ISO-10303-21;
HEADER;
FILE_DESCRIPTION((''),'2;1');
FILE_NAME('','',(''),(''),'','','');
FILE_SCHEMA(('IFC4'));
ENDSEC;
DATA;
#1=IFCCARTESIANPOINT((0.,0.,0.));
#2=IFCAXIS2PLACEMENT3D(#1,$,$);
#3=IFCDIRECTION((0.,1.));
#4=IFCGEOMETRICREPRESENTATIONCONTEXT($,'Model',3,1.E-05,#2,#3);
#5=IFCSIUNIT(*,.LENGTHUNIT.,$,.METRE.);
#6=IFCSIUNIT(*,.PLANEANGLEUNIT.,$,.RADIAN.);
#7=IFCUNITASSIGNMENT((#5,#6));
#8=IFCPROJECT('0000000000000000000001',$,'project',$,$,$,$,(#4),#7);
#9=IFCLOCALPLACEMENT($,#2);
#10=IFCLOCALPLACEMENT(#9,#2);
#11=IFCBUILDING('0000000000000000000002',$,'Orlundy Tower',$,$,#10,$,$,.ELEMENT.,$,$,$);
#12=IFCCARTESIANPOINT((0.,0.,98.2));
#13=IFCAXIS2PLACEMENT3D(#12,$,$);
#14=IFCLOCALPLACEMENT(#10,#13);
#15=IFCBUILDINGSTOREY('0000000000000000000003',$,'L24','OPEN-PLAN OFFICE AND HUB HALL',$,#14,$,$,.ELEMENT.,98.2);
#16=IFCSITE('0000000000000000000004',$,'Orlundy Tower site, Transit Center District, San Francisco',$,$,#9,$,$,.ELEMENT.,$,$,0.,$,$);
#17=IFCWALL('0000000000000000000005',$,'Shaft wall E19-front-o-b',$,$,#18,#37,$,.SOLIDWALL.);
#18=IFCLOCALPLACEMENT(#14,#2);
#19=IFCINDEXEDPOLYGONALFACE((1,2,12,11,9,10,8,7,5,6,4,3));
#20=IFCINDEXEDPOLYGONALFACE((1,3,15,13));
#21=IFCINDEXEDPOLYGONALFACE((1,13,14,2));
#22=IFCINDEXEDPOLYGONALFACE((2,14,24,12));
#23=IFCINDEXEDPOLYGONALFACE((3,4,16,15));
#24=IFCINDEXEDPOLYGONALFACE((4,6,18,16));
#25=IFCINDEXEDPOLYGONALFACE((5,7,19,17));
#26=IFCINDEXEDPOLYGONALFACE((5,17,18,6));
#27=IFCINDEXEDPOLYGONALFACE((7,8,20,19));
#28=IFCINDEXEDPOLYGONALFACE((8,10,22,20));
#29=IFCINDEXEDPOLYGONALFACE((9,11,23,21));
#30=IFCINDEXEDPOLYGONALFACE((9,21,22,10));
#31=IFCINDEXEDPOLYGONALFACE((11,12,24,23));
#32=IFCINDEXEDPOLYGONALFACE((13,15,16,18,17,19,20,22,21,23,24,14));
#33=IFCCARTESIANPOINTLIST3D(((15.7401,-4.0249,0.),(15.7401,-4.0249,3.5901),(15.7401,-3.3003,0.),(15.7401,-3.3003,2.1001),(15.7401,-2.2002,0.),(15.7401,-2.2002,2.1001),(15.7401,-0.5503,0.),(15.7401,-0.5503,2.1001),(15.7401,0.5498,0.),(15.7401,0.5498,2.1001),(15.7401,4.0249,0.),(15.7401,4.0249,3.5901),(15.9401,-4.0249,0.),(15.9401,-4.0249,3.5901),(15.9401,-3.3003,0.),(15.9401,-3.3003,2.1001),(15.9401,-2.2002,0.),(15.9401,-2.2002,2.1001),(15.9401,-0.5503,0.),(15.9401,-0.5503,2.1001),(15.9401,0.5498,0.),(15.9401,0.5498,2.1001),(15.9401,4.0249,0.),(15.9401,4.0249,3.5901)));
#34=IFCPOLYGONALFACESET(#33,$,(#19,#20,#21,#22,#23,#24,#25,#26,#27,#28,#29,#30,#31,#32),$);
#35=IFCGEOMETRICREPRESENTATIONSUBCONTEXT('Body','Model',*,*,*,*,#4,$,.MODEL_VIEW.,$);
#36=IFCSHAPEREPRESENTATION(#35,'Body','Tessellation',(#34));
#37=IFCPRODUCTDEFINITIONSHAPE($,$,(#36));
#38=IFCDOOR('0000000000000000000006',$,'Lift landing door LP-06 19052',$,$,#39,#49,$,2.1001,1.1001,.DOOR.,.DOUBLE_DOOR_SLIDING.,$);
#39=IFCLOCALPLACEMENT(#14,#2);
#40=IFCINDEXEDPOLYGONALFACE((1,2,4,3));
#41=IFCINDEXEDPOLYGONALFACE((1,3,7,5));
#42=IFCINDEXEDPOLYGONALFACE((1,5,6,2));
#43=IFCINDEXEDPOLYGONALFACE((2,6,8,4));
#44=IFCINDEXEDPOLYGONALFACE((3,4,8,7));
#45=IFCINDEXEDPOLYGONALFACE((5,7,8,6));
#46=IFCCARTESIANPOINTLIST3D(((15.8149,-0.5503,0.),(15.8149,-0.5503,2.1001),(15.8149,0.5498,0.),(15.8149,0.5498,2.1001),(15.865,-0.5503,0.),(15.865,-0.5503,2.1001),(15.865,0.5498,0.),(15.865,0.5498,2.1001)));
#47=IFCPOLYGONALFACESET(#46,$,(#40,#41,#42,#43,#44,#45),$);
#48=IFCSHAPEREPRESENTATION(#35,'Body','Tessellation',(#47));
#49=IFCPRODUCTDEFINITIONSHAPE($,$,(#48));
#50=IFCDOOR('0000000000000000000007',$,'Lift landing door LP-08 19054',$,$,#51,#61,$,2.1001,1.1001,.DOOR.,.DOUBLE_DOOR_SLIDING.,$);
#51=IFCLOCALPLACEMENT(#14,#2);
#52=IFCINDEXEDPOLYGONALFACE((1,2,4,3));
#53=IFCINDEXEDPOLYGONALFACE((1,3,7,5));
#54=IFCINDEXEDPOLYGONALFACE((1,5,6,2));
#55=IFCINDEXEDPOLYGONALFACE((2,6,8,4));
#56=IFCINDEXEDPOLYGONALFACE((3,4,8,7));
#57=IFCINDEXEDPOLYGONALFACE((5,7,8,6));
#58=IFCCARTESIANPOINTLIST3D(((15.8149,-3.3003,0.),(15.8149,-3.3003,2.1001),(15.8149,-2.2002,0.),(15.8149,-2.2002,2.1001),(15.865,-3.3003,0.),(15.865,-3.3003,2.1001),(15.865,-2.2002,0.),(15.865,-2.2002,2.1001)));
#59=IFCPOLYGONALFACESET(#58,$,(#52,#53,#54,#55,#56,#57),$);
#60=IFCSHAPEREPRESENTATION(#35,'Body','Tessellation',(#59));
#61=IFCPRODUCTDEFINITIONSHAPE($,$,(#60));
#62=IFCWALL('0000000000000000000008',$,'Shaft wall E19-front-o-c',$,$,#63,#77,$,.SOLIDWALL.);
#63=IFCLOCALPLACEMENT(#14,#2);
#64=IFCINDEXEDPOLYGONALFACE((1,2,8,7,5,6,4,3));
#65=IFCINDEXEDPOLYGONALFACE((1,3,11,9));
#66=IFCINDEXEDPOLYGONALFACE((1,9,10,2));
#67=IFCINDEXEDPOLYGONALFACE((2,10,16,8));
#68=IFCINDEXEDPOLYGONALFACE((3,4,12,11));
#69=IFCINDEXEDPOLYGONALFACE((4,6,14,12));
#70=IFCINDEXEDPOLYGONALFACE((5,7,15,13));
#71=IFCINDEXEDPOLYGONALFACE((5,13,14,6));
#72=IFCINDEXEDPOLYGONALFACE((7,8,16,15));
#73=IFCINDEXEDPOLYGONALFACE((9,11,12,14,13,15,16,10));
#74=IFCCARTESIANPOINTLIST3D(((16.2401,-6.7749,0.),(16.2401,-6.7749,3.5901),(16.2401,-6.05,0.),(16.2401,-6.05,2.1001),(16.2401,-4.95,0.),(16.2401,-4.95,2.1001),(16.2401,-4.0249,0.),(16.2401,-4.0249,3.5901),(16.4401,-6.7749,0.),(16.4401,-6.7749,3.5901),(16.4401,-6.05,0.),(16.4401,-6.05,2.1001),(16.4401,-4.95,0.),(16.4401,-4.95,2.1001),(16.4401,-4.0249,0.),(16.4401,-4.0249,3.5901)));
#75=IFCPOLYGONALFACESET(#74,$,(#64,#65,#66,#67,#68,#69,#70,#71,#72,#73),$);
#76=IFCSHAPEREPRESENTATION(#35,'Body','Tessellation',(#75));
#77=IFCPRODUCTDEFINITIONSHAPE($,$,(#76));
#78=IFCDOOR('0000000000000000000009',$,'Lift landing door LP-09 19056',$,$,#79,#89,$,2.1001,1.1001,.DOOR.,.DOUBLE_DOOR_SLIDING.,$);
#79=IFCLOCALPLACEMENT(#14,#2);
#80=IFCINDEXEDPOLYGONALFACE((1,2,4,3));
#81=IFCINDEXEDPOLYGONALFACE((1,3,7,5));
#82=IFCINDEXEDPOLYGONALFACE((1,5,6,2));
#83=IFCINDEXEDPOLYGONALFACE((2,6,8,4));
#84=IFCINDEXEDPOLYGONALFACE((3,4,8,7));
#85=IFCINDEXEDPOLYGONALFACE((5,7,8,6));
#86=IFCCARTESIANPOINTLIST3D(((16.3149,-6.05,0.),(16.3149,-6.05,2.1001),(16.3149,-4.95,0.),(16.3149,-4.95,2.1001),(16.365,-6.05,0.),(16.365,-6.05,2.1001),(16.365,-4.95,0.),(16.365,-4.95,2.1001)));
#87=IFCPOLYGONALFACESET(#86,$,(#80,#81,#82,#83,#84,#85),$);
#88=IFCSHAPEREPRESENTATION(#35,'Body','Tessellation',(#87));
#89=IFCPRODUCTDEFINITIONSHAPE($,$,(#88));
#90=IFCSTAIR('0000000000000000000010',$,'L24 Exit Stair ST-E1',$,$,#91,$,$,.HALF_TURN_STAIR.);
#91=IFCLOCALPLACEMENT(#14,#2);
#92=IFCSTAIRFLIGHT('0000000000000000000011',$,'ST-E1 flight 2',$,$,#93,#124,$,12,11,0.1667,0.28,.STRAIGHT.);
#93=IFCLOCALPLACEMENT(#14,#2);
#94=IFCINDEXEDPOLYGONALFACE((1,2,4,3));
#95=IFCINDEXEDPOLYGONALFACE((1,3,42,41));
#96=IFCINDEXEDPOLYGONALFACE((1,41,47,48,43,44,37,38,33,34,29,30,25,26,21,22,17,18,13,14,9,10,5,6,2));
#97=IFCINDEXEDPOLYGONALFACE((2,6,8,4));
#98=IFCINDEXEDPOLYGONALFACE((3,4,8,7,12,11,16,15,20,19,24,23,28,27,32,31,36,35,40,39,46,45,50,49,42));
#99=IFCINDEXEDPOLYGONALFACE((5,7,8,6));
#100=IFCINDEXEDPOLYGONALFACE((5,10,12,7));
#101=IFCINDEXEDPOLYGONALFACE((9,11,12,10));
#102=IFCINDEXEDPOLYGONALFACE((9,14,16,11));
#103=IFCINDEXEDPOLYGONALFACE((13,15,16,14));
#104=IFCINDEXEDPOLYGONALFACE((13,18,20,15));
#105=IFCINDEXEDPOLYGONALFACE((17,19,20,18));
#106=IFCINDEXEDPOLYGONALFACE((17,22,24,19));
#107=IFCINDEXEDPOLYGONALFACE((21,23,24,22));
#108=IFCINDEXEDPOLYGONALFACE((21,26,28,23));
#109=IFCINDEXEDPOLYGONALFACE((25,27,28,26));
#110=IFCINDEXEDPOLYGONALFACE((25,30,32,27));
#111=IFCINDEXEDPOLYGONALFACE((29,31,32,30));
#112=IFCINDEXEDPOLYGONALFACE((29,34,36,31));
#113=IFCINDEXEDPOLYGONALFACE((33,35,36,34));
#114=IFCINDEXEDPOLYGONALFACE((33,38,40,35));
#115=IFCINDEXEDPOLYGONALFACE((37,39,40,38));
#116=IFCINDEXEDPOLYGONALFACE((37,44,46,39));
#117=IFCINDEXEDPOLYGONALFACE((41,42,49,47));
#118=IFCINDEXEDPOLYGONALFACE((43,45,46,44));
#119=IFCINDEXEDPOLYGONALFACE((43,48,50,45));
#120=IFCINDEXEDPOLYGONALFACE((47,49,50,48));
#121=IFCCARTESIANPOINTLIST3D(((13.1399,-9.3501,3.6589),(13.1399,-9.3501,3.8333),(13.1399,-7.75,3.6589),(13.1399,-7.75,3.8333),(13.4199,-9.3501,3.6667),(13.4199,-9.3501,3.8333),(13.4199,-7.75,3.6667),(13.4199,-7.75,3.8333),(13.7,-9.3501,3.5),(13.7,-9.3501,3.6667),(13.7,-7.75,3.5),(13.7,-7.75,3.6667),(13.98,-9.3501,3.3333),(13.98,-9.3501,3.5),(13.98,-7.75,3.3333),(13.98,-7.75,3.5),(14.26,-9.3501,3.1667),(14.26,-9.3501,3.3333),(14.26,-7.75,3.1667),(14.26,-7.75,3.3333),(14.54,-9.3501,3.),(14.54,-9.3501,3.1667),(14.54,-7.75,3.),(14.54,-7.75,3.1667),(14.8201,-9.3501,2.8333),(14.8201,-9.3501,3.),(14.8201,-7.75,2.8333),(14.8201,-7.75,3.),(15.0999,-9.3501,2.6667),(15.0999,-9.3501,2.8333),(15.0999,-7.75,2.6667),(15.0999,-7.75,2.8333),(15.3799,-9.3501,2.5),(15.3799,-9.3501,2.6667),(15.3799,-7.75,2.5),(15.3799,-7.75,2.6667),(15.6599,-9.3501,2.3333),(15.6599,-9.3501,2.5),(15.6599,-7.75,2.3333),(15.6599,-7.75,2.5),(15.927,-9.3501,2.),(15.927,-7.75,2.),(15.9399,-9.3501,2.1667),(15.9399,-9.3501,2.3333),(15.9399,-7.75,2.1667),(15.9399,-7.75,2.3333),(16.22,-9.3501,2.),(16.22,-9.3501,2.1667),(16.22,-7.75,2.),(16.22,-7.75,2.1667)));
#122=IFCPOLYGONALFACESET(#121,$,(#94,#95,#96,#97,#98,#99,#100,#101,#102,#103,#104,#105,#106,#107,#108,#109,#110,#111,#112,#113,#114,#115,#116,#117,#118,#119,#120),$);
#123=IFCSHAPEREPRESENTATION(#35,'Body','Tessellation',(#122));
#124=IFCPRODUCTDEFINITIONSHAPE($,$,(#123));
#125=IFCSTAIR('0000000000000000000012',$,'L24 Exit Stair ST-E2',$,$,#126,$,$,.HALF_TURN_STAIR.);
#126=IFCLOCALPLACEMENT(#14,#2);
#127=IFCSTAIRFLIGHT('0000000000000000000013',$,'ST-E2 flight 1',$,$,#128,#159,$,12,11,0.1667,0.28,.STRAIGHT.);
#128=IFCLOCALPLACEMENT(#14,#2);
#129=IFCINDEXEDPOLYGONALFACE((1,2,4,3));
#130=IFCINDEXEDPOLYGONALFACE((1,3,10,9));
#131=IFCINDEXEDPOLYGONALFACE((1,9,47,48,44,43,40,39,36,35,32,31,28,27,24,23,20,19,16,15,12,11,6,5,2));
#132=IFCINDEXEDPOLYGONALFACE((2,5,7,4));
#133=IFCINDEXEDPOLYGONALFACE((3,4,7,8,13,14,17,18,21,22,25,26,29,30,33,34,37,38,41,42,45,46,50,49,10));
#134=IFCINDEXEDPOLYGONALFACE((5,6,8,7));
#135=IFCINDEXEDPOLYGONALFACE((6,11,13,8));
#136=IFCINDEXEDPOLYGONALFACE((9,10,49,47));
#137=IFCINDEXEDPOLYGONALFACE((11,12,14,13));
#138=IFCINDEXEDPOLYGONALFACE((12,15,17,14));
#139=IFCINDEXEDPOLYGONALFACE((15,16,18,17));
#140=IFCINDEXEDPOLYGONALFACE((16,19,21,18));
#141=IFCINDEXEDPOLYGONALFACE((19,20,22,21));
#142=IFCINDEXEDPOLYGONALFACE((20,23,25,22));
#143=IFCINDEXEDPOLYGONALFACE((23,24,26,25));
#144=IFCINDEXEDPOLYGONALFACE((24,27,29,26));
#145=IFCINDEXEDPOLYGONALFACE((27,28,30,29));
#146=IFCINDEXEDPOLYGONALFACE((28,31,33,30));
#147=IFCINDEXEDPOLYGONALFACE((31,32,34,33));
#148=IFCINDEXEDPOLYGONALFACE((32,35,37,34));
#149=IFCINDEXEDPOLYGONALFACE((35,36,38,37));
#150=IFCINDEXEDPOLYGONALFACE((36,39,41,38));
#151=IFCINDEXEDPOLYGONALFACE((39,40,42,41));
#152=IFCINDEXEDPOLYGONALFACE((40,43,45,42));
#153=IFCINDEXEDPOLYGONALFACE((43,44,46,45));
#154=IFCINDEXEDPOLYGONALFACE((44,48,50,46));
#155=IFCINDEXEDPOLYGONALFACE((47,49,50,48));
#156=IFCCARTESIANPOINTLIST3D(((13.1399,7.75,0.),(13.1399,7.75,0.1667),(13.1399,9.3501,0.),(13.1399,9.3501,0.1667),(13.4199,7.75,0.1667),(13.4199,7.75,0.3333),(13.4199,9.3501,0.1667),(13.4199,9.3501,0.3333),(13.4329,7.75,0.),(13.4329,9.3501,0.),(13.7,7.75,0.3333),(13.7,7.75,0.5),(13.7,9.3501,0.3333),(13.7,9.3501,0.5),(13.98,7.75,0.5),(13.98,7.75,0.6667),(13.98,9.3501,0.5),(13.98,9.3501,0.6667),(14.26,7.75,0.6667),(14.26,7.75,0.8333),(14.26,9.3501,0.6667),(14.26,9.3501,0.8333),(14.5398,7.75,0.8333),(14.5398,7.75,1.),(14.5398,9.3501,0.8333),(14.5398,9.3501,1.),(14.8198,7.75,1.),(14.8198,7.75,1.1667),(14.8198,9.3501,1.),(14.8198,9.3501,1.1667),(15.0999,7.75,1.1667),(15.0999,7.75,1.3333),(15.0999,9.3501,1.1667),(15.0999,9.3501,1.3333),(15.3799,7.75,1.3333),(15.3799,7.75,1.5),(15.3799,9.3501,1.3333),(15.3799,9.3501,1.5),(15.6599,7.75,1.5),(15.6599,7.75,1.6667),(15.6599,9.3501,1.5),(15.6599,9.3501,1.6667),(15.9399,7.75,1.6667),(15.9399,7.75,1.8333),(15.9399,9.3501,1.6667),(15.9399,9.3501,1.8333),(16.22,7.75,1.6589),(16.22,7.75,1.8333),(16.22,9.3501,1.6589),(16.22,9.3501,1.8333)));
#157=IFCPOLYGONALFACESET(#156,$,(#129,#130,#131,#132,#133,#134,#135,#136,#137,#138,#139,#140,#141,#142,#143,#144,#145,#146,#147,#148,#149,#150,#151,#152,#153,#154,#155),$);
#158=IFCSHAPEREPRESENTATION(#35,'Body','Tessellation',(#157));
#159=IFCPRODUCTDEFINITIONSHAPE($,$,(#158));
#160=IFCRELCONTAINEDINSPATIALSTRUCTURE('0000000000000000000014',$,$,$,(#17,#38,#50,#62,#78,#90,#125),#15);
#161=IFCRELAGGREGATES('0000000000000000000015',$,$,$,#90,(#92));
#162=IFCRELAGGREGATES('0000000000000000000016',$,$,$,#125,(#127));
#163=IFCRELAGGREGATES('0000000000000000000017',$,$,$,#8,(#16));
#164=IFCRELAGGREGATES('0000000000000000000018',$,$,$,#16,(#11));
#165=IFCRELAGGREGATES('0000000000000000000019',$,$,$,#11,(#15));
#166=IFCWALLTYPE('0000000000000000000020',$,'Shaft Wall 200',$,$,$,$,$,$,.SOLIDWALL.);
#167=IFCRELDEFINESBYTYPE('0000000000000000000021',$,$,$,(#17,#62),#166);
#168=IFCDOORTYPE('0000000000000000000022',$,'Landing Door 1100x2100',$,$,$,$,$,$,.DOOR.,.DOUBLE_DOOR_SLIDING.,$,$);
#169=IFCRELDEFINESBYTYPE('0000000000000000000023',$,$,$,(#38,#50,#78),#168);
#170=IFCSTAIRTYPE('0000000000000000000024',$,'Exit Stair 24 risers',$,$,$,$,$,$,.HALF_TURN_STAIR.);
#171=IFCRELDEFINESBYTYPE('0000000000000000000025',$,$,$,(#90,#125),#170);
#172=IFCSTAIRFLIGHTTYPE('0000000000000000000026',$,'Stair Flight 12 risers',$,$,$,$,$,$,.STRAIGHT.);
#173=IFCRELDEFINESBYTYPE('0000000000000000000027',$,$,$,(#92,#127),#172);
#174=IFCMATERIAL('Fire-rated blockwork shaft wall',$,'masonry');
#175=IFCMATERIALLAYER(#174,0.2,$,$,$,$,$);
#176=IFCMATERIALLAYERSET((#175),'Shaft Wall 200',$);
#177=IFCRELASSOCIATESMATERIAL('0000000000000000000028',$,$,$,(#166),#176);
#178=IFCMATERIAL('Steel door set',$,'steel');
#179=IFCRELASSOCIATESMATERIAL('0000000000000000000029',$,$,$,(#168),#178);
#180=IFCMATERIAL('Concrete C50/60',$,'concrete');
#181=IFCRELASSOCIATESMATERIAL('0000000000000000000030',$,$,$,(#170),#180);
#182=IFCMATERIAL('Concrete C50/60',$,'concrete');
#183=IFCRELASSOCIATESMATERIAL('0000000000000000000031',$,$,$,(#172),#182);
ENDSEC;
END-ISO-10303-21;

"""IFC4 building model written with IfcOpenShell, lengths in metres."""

from ifc_helpers import new_model, si_unit, direction, frame, frame_2d, origin, place, context, subcontext, project, spatial, polyline, rectangle, outline, extrude, material, layer, layer_set, type_object, element, fill, aggregate, save


model = new_model("IFC4")

# Units and contexts
model_context = context("Model", 3, precision=1e-05, world=origin(), true_north=direction((0.0, 1.0)))
body_context = subcontext(model_context, "Body", "Model", "MODEL_VIEW")
ifc_project = project(units=[si_unit("LENGTHUNIT", "METRE"), si_unit("PLANEANGLEUNIT", "RADIAN")], contexts=[model_context])

# Site, building, storey
site_placement = place(None, origin())
site = spatial("IfcSite", under=ifc_project, at=site_placement, Name="Orlundy Tower site, Transit Center District, San Francisco", CompositionType="ELEMENT", RefElevation=0.0)
building_placement = place(site_placement, origin())
building = spatial("IfcBuilding", under=site, at=building_placement, Name="Orlundy Tower", CompositionType="ELEMENT")
storey_placement = place(building_placement, frame((0.0, 0.0, 98.2)))
storey = spatial("IfcBuildingStorey", under=building, at=storey_placement, Name="L24", Description="OPEN-PLAN OFFICE AND HUB HALL", CompositionType="ELEMENT", Elevation=98.2)

# Shared definitions
ifc_material_1 = material(Name="Fire-rated blockwork shaft wall", Category="masonry")
ifc_layer_1 = layer(ifc_material_1, 0.2)
ifc_layer_set_1 = layer_set([ifc_layer_1], Name="Shaft Wall 200")
wall_type_1 = type_object("IfcWallType", Name="Shaft Wall 200", PredefinedType="SOLIDWALL", material=ifc_layer_set_1)

# Shared definitions
ifc_material_2 = material(Name="Steel door set", Category="steel")
door_type_1 = type_object("IfcDoorType", Name="Landing Door 1100x2100", OperationType="DOUBLE_DOOR_SLIDING", PredefinedType="DOOR", material=ifc_material_2)

# Wall, openings, doors
wall_1_placement = place(storey_placement, frame((15.8401, 4.0249, 0.0), z_axis=(0.0, 0.0, 1.0), x_axis=(0.0, -1.0, 0.0)))
wall_1 = element("IfcWall", 1, at=wall_1_placement, inside=storey, type_object=wall_type_1, Name="Shaft wall E19-front-o-b", PredefinedType="SOLIDWALL", context=body_context, shape_type="SweptSolid", body=[
    extrude(rectangle(XDim=8.0498, YDim=0.2, at=frame_2d((4.0249, 0.0))), origin(), (0.0, 0.0, 1.0), 3.5901),
])
opening_1_placement = place(wall_1_placement, frame((3.4751, 0.0, 0.0)))
opening_1 = element("IfcOpeningElement", 2, at=opening_1_placement, cuts=wall_1, PredefinedType="OPENING", context=body_context, shape_type="SweptSolid", body=[
    extrude(rectangle(XDim=1.1001, YDim=2.1001, at=frame_2d((0.55, 1.05))), frame((0.0, 0.1101, 0.0), z_axis=(0.0, -1.0, 0.0), x_axis=(1.0, 0.0, 0.0)), (0.0, 0.0, 1.0), 0.2202),
])
opening_2_placement = place(wall_1_placement, frame((6.2251, 0.0, 0.0)))
opening_2 = element("IfcOpeningElement", 3, at=opening_2_placement, cuts=wall_1, PredefinedType="OPENING", context=body_context, shape_type="SweptSolid", body=[
    extrude(rectangle(XDim=1.1001, YDim=2.1001, at=frame_2d((0.55, 1.05))), frame((0.0, 0.1101, 0.0), z_axis=(0.0, -1.0, 0.0), x_axis=(1.0, 0.0, 0.0)), (0.0, 0.0, 1.0), 0.2202),
])
door_1_placement = place(opening_1_placement, origin())
door_1 = element("IfcDoor", 4, at=door_1_placement, inside=storey, type_object=door_type_1, Name="Lift landing door LP-06 19052", OperationType="DOUBLE_DOOR_SLIDING", OverallHeight=2.1001, OverallWidth=1.1001, PredefinedType="DOOR", context=body_context, shape_type="SweptSolid", body=[
    extrude(rectangle(XDim=1.1001, YDim=2.1001, at=frame_2d((0.55, 1.05))), frame((0.0, 0.0249, 0.0), z_axis=(0.0, -1.0, 0.0), x_axis=(1.0, 0.0, 0.0)), (0.0, 0.0, 1.0), 0.05),
])
fill(opening_1, door_1)
door_2_placement = place(opening_2_placement, origin())
door_2 = element("IfcDoor", 5, at=door_2_placement, inside=storey, type_object=door_type_1, Name="Lift landing door LP-08 19054", OperationType="DOUBLE_DOOR_SLIDING", OverallHeight=2.1001, OverallWidth=1.1001, PredefinedType="DOOR", context=body_context, shape_type="SweptSolid", body=[
    extrude(rectangle(XDim=1.1001, YDim=2.1001, at=frame_2d((0.55, 1.05))), frame((0.0, 0.0249, 0.0), z_axis=(0.0, -1.0, 0.0), x_axis=(1.0, 0.0, 0.0)), (0.0, 0.0, 1.0), 0.05),
])
fill(opening_2, door_2)

# Wall, opening, door
wall_2_placement = place(storey_placement, frame((16.3401, -4.0249, 0.0), z_axis=(0.0, 0.0, 1.0), x_axis=(0.0, -1.0, 0.0)))
wall_2 = element("IfcWall", 6, at=wall_2_placement, inside=storey, type_object=wall_type_1, Name="Shaft wall E19-front-o-c", PredefinedType="SOLIDWALL", context=body_context, shape_type="SweptSolid", body=[
    extrude(rectangle(XDim=2.75, YDim=0.2, at=frame_2d((1.375, 0.0))), origin(), (0.0, 0.0, 1.0), 3.5901),
])
opening_3_placement = place(wall_2_placement, frame((0.925, 0.0, 0.0)))
opening_3 = element("IfcOpeningElement", 7, at=opening_3_placement, cuts=wall_2, PredefinedType="OPENING", context=body_context, shape_type="SweptSolid", body=[
    extrude(rectangle(XDim=1.1001, YDim=2.1001, at=frame_2d((0.55, 1.05))), frame((0.0, 0.1101, 0.0), z_axis=(0.0, -1.0, 0.0), x_axis=(1.0, 0.0, 0.0)), (0.0, 0.0, 1.0), 0.2202),
])
door_3_placement = place(opening_3_placement, origin())
door_3 = element("IfcDoor", 8, at=door_3_placement, inside=storey, type_object=door_type_1, Name="Lift landing door LP-09 19056", OperationType="DOUBLE_DOOR_SLIDING", OverallHeight=2.1001, OverallWidth=1.1001, PredefinedType="DOOR", context=body_context, shape_type="SweptSolid", body=[
    extrude(rectangle(XDim=1.1001, YDim=2.1001, at=frame_2d((0.55, 1.05))), frame((0.0, 0.0249, 0.0), z_axis=(0.0, -1.0, 0.0), x_axis=(1.0, 0.0, 0.0)), (0.0, 0.0, 1.0), 0.05),
])
fill(opening_3, door_3)

# Stairs, stair flights
ifc_material_3 = material(Name="Concrete C50/60", Category="concrete")
stair_type = type_object("IfcStairType", Name="Exit Stair 24 risers", PredefinedType="HALF_TURN_STAIR", material=ifc_material_3)
stair_1_placement = place(storey_placement, origin())
stair_1 = element("IfcStair", 9, at=stair_1_placement, inside=storey, type_object=stair_type, Name="L24 Exit Stair ST-E1", PredefinedType="HALF_TURN_STAIR")
ifc_material_4 = material(Name="Concrete C50/60", Category="concrete")
stair_flight_type = type_object("IfcStairFlightType", Name="Stair Flight 12 risers", PredefinedType="STRAIGHT", material=ifc_material_4)
stair_flight_1_placement = place(storey_placement, frame((16.22, -8.55, 2.0), z_axis=(0.0, 0.0, 1.0), x_axis=(-1.0, 0.0, 0.0)))
stair_flight_1 = element("IfcStairFlight", 10, at=stair_flight_1_placement, type_object=stair_flight_type, Name="ST-E1 flight 2", NumberOfRisers=12, NumberOfTreads=11, PredefinedType="STRAIGHT", RiserHeight=0.1667, TreadLength=0.28, context=body_context, shape_type="SweptSolid", body=[
    extrude(outline(polyline([(0.0, 0.0), (0.0, 0.1667), (0.28, 0.1667), (0.28, 0.3333), (0.5601, 0.3333), (0.5601, 0.5), (0.8401, 0.5), (0.8401, 0.6667), (1.1201, 0.6667), (1.1201, 0.8333), (1.3999, 0.8333), (1.3999, 1.0), (1.6799, 1.0), (1.6799, 1.1667), (1.96, 1.1667), (1.96, 1.3333), (2.24, 1.3333), (2.24, 1.5), (2.52, 1.5), (2.52, 1.6667), (2.8, 1.6667), (2.8, 1.8333), (3.0801, 1.8333), (3.0801, 2.0), (3.0801, 1.6589), (0.293, 0.0), (0.0, 0.0)])), frame((0.0, 0.8, 0.0), z_axis=(0.0, -1.0, 0.0), x_axis=(1.0, 0.0, 0.0)), (0.0, 0.0, 1.0), 1.6001),
])
aggregate(stair_1, [stair_flight_1])
stair_2_placement = place(storey_placement, origin())
stair_2 = element("IfcStair", 11, at=stair_2_placement, inside=storey, type_object=stair_type, Name="L24 Exit Stair ST-E2", PredefinedType="HALF_TURN_STAIR")
stair_flight_2_placement = place(storey_placement, frame((13.1399, 8.55, 0.0), z_axis=(0.0, 0.0, 1.0), x_axis=(1.0, 0.0, 0.0)))
stair_flight_2 = element("IfcStairFlight", 12, at=stair_flight_2_placement, type_object=stair_flight_type, Name="ST-E2 flight 1", NumberOfRisers=12, NumberOfTreads=11, PredefinedType="STRAIGHT", RiserHeight=0.1667, TreadLength=0.28, context=body_context, shape_type="SweptSolid", body=[
    extrude(outline(polyline([(0.0, 0.0), (0.0, 0.1667), (0.28, 0.1667), (0.28, 0.3333), (0.5601, 0.3333), (0.5601, 0.5), (0.8401, 0.5), (0.8401, 0.6667), (1.1201, 0.6667), (1.1201, 0.8333), (1.3999, 0.8333), (1.3999, 1.0), (1.6799, 1.0), (1.6799, 1.1667), (1.96, 1.1667), (1.96, 1.3333), (2.24, 1.3333), (2.24, 1.5), (2.52, 1.5), (2.52, 1.6667), (2.8, 1.6667), (2.8, 1.8333), (3.0801, 1.8333), (3.0801, 2.0), (3.0801, 1.6589), (0.293, 0.0), (0.0, 0.0)])), frame((0.0, 0.8, 0.0), z_axis=(0.0, -1.0, 0.0), x_axis=(1.0, 0.0, 0.0)), (0.0, 0.0, 1.0), 1.6001),
])
aggregate(stair_2, [stair_flight_2])

save(model, "model.ifc")
